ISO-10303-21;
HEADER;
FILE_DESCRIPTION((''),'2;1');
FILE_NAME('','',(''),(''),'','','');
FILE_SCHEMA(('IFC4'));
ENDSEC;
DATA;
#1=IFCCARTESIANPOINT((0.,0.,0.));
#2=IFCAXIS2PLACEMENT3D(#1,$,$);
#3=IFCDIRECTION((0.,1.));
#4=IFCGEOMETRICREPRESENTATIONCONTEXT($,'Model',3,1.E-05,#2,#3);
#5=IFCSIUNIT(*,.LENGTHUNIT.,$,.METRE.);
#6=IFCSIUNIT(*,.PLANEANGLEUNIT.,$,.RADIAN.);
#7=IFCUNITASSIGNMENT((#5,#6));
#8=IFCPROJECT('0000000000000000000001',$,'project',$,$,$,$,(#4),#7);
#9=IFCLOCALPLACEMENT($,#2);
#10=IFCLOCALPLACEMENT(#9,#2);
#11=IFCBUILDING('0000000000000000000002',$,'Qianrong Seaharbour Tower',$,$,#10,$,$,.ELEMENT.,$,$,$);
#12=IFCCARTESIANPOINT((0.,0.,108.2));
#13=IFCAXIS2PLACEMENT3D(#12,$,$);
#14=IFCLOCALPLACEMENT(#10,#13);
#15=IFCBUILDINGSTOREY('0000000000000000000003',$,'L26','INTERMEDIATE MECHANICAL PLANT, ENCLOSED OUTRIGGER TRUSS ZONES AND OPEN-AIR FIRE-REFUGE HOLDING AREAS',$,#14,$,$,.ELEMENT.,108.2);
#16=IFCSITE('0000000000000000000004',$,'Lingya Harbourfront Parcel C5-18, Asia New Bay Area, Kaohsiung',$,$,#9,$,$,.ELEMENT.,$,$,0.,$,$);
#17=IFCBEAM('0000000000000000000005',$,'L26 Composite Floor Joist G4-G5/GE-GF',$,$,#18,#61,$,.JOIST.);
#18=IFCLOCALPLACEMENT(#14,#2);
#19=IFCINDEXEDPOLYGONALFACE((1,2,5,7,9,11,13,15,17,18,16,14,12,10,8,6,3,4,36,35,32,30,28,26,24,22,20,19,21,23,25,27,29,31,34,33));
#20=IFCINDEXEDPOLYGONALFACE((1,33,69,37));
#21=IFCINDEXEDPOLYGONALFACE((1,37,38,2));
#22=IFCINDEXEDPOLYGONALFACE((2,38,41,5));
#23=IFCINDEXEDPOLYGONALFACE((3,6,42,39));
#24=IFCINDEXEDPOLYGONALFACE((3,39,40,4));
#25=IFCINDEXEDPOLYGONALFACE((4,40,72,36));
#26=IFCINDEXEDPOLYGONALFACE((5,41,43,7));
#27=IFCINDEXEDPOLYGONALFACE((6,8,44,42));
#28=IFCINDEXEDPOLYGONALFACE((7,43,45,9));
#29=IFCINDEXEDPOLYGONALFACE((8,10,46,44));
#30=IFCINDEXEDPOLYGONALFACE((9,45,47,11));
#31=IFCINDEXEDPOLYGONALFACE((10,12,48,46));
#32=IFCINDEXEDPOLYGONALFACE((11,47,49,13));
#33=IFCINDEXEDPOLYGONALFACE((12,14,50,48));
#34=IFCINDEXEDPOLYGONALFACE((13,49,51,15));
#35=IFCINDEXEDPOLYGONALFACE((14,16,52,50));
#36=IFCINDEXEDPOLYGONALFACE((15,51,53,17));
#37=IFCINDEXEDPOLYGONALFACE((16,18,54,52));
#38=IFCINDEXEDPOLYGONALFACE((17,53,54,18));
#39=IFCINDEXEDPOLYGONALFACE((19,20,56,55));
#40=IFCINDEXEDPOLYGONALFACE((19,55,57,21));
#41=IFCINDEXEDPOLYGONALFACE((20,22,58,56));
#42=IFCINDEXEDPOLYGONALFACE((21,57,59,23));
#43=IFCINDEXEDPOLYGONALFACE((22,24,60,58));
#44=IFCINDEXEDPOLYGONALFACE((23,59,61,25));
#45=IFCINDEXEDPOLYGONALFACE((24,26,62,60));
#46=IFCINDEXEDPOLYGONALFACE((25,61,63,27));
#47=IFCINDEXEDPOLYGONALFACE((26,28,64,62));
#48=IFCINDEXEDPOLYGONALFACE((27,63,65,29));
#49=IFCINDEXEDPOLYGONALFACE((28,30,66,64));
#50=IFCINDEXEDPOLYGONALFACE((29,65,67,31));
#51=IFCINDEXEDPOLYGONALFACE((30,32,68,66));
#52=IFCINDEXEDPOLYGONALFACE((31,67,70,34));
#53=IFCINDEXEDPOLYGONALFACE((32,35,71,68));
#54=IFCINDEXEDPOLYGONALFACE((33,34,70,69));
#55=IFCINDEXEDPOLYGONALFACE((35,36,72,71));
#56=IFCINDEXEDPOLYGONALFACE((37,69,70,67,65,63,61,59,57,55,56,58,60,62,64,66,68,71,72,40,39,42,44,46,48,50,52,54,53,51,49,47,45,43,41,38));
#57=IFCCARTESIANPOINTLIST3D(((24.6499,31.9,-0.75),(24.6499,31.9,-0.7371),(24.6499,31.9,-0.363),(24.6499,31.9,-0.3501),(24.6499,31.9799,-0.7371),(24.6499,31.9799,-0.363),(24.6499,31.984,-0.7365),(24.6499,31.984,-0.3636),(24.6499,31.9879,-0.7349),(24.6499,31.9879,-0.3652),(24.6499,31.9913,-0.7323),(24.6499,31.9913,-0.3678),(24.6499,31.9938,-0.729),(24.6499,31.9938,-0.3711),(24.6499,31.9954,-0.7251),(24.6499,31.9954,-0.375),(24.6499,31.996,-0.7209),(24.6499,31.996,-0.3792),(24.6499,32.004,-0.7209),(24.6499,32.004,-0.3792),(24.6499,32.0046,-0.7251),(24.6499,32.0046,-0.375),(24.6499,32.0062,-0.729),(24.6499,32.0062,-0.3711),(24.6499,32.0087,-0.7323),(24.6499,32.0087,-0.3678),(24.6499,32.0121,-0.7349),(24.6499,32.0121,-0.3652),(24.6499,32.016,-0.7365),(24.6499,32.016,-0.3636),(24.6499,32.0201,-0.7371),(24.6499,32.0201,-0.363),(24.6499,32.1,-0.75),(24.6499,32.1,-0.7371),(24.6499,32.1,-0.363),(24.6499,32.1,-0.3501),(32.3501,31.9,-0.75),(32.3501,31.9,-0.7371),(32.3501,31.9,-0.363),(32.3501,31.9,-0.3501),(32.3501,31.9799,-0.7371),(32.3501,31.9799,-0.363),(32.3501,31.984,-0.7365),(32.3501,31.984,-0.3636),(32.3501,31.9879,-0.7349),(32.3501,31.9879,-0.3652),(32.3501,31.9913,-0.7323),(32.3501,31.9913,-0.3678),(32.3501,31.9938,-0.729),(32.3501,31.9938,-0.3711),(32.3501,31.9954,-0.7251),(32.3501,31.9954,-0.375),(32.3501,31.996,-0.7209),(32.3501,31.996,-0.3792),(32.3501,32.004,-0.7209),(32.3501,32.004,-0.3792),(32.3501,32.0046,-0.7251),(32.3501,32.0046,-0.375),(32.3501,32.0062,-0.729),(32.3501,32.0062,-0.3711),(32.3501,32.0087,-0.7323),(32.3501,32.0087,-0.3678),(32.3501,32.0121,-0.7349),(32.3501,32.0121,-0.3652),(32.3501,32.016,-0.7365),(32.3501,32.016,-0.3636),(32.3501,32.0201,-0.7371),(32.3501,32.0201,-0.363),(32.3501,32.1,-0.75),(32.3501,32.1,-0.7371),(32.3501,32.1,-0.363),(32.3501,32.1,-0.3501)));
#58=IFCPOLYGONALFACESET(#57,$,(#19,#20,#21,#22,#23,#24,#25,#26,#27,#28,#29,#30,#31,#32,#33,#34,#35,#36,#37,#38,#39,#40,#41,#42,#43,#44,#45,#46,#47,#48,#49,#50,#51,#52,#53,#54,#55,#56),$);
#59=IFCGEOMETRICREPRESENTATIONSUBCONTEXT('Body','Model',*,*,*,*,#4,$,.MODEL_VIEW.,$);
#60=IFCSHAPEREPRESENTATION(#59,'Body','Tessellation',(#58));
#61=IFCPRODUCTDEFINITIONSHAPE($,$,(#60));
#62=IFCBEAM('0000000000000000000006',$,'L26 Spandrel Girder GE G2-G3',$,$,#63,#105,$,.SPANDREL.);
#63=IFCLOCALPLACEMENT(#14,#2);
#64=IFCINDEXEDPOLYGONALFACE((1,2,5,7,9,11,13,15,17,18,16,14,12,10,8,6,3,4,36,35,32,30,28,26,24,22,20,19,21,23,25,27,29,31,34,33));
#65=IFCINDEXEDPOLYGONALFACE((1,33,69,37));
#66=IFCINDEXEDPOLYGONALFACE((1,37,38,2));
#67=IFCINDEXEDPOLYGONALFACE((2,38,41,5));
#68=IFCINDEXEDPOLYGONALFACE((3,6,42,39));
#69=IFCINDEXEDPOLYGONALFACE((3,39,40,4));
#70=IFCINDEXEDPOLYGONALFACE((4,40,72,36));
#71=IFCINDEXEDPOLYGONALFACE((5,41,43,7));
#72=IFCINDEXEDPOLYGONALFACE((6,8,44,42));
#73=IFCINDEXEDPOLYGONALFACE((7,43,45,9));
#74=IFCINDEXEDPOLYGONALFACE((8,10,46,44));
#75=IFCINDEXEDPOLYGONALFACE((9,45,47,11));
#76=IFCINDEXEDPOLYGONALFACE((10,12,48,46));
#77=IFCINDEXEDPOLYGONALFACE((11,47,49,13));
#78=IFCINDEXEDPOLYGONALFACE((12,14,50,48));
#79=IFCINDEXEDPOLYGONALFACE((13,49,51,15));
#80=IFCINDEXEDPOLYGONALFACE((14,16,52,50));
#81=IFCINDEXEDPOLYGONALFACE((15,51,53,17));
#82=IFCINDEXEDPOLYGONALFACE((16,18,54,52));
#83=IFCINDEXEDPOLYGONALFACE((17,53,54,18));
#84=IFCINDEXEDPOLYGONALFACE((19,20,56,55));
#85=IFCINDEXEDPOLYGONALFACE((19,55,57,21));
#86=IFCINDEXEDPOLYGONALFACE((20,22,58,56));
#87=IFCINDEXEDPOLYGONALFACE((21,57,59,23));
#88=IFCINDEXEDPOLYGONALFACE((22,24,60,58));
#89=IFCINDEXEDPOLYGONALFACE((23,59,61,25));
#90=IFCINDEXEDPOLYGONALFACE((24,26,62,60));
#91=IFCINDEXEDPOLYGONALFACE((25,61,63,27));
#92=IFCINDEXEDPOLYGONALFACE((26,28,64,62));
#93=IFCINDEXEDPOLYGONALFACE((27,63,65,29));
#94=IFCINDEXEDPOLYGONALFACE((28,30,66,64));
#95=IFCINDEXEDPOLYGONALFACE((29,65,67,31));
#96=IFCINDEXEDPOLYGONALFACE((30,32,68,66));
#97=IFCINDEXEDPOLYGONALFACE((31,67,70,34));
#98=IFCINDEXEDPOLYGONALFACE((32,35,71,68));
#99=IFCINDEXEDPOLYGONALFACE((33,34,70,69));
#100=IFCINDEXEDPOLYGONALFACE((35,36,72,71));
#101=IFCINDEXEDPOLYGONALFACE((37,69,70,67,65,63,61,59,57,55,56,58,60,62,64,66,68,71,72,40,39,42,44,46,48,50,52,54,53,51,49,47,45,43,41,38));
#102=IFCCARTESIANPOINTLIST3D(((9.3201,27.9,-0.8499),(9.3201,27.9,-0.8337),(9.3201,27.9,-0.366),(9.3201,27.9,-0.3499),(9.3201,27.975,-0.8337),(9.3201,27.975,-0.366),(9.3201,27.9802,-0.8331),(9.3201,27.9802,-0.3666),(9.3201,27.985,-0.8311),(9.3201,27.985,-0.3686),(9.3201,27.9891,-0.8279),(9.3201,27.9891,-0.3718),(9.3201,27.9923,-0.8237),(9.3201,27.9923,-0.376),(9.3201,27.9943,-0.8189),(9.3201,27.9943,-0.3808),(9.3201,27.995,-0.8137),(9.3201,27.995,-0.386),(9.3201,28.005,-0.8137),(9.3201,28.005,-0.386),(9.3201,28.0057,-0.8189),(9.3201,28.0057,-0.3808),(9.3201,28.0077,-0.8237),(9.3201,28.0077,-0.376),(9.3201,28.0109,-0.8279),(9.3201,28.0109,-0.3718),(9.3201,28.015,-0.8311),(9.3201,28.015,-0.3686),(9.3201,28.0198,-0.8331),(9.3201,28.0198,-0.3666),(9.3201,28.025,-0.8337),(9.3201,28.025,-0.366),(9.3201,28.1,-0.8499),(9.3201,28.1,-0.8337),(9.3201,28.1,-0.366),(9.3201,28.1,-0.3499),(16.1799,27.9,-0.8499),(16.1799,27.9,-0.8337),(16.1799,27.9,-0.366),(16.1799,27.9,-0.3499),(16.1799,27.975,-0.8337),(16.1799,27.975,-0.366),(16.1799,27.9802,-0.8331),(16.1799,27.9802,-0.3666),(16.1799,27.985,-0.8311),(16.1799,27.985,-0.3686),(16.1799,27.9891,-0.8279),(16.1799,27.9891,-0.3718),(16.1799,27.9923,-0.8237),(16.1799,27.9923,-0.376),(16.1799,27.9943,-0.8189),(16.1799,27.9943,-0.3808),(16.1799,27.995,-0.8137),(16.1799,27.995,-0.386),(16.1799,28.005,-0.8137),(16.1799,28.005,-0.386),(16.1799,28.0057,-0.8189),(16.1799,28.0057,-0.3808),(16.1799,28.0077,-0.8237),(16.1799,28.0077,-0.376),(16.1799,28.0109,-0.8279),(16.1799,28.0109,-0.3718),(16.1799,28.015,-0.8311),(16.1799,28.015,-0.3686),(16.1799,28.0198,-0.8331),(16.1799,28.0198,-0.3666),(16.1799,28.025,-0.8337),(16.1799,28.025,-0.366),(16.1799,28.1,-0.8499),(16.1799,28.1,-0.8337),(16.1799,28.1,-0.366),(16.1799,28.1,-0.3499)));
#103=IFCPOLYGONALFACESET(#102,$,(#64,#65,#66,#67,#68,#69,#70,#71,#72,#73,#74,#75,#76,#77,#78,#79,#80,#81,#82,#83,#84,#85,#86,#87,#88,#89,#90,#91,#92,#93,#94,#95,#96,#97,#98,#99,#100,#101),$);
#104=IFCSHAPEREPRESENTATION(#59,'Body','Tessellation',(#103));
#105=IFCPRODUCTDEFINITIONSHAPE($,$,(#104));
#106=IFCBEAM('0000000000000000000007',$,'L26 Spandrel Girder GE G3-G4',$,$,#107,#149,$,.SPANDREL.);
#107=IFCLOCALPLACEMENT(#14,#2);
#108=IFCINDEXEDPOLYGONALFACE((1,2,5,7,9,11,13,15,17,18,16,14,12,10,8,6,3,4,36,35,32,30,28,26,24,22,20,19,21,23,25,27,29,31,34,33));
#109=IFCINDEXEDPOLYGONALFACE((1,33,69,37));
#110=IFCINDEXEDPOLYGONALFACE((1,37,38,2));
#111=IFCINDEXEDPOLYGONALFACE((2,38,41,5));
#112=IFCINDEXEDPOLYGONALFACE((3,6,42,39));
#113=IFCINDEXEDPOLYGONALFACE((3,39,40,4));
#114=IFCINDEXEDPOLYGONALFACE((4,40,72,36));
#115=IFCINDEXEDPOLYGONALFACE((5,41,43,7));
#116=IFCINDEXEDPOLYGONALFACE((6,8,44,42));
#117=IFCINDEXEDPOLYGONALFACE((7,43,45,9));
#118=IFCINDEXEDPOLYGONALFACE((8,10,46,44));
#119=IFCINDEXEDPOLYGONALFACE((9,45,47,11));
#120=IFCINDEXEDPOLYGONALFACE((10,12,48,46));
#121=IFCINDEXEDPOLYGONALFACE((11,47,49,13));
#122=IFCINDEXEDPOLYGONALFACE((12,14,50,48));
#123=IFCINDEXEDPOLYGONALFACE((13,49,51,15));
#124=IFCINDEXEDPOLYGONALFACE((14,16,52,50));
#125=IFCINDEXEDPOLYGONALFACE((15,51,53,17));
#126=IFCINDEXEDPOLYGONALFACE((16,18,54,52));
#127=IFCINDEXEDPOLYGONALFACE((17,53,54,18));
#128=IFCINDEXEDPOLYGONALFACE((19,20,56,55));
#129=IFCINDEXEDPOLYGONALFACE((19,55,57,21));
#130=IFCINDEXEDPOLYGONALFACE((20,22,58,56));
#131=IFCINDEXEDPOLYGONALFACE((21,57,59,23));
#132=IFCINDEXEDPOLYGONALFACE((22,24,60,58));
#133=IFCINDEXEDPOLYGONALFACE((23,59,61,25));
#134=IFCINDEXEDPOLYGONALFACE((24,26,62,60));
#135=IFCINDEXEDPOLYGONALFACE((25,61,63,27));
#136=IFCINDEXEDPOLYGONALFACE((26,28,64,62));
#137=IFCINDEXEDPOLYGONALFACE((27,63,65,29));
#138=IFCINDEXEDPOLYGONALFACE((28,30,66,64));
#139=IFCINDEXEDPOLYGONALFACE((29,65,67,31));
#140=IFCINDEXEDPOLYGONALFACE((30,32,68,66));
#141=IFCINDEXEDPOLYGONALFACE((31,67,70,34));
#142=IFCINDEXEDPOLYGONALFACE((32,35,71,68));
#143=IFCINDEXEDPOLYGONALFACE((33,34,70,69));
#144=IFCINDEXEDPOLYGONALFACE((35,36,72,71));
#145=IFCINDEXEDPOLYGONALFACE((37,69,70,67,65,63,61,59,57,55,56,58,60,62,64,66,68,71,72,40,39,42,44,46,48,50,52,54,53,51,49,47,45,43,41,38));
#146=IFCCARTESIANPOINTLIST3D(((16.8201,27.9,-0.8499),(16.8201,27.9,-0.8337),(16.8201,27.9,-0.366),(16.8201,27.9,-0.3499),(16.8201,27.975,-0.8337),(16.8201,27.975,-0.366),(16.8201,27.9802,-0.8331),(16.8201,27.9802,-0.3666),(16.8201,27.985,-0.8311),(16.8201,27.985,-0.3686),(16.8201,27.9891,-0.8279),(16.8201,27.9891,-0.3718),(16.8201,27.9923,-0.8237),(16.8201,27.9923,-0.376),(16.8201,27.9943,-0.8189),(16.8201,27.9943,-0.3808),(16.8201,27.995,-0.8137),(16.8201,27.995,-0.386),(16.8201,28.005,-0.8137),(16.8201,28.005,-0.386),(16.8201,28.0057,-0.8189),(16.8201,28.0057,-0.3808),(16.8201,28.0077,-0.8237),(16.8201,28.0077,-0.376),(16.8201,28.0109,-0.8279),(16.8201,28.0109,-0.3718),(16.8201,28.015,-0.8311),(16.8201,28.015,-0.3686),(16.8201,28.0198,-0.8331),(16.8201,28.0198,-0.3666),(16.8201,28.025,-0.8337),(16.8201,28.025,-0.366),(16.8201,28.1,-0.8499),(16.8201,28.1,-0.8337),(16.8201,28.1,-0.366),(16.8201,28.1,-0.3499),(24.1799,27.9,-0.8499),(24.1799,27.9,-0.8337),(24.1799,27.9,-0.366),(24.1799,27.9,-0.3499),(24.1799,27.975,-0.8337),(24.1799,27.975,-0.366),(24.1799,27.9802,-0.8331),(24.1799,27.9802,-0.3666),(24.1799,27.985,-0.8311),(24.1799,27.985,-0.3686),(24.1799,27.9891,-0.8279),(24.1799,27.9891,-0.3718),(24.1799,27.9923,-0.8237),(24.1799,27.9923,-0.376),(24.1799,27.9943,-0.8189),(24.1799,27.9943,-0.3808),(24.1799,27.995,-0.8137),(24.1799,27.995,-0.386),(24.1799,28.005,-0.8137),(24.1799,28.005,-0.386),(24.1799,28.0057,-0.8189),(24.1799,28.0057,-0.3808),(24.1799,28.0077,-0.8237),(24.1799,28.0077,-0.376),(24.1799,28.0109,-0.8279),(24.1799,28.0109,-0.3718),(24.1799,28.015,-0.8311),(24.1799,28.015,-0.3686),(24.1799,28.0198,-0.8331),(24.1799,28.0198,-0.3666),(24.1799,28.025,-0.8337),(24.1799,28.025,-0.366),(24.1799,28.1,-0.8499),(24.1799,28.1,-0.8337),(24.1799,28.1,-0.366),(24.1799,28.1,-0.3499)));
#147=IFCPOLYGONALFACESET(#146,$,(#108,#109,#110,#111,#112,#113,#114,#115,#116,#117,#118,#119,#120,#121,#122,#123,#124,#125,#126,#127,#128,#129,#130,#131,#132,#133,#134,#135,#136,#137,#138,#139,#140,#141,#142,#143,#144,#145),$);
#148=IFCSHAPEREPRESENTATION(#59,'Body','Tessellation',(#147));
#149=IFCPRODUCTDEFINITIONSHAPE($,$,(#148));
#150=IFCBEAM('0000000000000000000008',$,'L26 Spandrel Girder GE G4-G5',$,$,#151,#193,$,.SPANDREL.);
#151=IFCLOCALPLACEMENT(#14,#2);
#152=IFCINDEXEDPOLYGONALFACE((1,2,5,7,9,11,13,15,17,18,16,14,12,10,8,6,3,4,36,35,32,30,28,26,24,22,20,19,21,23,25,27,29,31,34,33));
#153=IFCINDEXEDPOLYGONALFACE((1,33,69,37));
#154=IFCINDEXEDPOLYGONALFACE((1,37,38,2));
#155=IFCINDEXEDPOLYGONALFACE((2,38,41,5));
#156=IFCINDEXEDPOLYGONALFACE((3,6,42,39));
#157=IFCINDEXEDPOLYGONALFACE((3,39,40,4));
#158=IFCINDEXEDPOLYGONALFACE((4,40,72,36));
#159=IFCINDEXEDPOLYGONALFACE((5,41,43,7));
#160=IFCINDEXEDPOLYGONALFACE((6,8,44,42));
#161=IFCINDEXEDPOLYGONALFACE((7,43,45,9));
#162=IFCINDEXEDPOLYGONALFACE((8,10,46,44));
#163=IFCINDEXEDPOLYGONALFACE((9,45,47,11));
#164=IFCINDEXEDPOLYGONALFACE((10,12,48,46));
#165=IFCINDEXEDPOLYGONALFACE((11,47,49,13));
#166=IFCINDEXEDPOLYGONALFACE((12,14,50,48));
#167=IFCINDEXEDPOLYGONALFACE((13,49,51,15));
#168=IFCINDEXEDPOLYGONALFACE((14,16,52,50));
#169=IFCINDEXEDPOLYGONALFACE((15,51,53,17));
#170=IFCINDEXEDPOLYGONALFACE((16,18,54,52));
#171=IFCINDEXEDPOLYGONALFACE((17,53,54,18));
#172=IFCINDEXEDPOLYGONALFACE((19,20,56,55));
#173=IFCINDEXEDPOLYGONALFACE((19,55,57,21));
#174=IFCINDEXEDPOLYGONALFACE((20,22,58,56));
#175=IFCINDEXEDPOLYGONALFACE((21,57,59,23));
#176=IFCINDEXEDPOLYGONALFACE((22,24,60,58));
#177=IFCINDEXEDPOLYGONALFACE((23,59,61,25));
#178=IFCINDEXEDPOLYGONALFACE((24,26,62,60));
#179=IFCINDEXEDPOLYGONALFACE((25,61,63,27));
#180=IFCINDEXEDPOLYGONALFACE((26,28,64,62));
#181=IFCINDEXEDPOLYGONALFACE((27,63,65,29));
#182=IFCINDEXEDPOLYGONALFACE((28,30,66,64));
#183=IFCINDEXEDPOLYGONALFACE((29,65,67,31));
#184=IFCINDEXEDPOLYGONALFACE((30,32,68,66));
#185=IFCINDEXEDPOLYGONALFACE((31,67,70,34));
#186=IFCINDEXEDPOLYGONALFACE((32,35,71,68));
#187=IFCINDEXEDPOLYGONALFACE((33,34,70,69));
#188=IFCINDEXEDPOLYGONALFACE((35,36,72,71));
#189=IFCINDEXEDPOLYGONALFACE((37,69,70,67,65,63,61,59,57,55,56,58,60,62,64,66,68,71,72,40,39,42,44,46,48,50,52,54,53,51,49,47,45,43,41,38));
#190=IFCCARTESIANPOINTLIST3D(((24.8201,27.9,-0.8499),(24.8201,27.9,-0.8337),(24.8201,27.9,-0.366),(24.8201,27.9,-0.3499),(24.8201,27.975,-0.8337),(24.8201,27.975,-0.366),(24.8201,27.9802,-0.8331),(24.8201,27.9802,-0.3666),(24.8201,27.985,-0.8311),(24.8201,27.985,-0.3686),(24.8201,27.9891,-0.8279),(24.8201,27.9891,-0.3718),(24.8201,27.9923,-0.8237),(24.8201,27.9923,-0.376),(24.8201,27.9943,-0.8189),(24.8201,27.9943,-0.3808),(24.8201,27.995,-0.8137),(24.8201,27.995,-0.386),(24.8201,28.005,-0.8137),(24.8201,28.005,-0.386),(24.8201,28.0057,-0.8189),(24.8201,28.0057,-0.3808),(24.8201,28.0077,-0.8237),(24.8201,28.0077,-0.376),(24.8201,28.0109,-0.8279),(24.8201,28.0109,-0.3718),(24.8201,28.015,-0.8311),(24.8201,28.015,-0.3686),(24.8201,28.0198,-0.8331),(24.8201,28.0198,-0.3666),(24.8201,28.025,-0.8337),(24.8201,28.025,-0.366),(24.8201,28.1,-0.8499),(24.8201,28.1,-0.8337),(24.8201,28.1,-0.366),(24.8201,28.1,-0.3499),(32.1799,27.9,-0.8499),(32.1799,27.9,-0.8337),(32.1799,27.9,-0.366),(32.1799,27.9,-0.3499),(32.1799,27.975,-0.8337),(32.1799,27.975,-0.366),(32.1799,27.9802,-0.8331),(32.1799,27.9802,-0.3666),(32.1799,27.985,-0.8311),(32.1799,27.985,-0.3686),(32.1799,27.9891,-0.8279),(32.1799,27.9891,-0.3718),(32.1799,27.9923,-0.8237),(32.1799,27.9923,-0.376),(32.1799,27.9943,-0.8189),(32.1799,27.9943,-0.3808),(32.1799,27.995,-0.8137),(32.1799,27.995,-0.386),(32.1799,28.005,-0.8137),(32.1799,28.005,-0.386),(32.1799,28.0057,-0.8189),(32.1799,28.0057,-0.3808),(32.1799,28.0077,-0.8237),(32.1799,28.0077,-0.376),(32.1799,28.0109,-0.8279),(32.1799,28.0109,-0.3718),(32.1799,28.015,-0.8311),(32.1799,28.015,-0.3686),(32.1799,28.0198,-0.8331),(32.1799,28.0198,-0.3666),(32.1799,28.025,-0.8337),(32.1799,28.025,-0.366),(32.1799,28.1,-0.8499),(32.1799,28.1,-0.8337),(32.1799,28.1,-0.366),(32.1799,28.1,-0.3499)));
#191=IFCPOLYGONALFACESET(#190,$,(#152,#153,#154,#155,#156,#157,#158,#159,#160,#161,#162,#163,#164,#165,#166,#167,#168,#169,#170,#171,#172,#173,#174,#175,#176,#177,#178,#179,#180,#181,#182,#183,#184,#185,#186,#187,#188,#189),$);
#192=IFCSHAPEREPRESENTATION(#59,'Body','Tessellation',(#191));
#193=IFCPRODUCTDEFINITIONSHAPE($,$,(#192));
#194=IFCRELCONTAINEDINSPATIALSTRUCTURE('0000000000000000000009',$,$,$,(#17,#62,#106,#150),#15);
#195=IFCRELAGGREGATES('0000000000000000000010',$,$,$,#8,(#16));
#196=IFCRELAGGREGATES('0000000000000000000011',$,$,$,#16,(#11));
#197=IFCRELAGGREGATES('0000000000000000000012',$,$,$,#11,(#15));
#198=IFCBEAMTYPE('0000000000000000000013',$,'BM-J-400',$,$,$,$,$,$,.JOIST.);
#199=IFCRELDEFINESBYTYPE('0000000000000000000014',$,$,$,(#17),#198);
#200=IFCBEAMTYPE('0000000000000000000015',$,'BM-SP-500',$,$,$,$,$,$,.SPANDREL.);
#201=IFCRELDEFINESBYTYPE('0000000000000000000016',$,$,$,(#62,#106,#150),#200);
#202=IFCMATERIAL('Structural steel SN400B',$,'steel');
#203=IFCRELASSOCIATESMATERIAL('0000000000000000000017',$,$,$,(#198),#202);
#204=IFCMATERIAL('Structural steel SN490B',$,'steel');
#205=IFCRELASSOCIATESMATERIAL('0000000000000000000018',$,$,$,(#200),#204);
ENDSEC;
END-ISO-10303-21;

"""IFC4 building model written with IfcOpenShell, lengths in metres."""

from ifc_helpers import new_model, si_unit, direction, frame, origin, origin_2d, place, context, subcontext, project, spatial, i_section, extrude, material, material_profile, profile_set, type_object, element, save


model = new_model("IFC4")

# Units and contexts
model_context = context("Model", 3, precision=1e-05, world=origin(), true_north=direction((0.0, 1.0)))
body_context = subcontext(model_context, "Body", "Model", "MODEL_VIEW")
ifc_project = project(units=[si_unit("LENGTHUNIT", "METRE"), si_unit("PLANEANGLEUNIT", "RADIAN")], contexts=[model_context])

# Site, building, storey
site_placement = place(None, origin())
site = spatial("IfcSite", under=ifc_project, at=site_placement, Name="Lingya Harbourfront Parcel C5-18, Asia New Bay Area, Kaohsiung", CompositionType="ELEMENT", RefElevation=0.0)
building_placement = place(site_placement, origin())
building = spatial("IfcBuilding", under=site, at=building_placement, Name="Qianrong Seaharbour Tower", CompositionType="ELEMENT")
storey_placement = place(building_placement, frame((0.0, 0.0, 108.2)))
storey = spatial("IfcBuildingStorey", under=building, at=storey_placement, Name="L26", Description="INTERMEDIATE MECHANICAL PLANT, ENCLOSED OUTRIGGER TRUSS ZONES AND OPEN-AIR FIRE-REFUGE HOLDING AREAS", CompositionType="ELEMENT", Elevation=108.2)

# Shared definitions
ifc_material_1 = material(Name="Structural steel SN490B", Category="steel")

# Beams
ifc_material_2 = material(Name="Structural steel SN400B", Category="steel")
ifc_material_profile_1 = material_profile(ifc_material_2, i_section(OverallWidth=0.2, OverallDepth=0.3999, WebThickness=0.0081, FlangeThickness=0.0129, FilletRadius=0.0161, at=origin_2d()), Name="H400x200x8x13")
ifc_profile_set_1 = profile_set([ifc_material_profile_1], Name="Structural steel SN400B")
beam_type_1 = type_object("IfcBeamType", Name="BM-J-400", PredefinedType="JOIST", material=ifc_profile_set_1)
for number, where, z_axis, x_axis, name in (
    (1, (24.6499, 32.0, -0.55), (1.0, 0.0, 0.0), (0.0, 1.0, 0.0), "L26 Composite Floor Joist G4-G5/GE-GF"),
):
    element("IfcBeam", number, at=place(storey_placement, frame(where, z_axis=z_axis, x_axis=x_axis)), inside=storey, type_object=beam_type_1, Name=name, PredefinedType="JOIST", context=body_context, shape_type="SweptSolid", body=[
        extrude(i_section(OverallWidth=0.2, OverallDepth=0.3999, WebThickness=0.0081, FlangeThickness=0.0129, FilletRadius=0.0161, at=origin_2d()), origin(), (0.0, 0.0, 1.0), 7.7002),
    ])
ifc_material_profile_2 = material_profile(ifc_material_1, i_section(OverallWidth=0.2, OverallDepth=0.5, WebThickness=0.01, FlangeThickness=0.0161, FilletRadius=0.02, at=origin_2d()), Name="H500x200x10x16")
ifc_profile_set_2 = profile_set([ifc_material_profile_2], Name="Structural steel SN490B")
beam_type_2 = type_object("IfcBeamType", Name="BM-SP-500", PredefinedType="SPANDREL", material=ifc_profile_set_2)
beam_1_placement = place(storey_placement, frame((9.3201, 28.0, -0.5999), z_axis=(1.0, 0.0, 0.0), x_axis=(0.0, 1.0, 0.0)))
element("IfcBeam", 2, at=beam_1_placement, inside=storey, type_object=beam_type_2, Name="L26 Spandrel Girder GE G2-G3", PredefinedType="SPANDREL", context=body_context, shape_type="SweptSolid", body=[
    extrude(i_section(OverallWidth=0.2, OverallDepth=0.5, WebThickness=0.01, FlangeThickness=0.0161, FilletRadius=0.02, at=origin_2d()), origin(), (0.0, 0.0, 1.0), 6.8599),
])
for number, where, z_axis, x_axis, name in (
    (3, (16.8201, 28.0, -0.5999), (1.0, 0.0, 0.0), (0.0, 1.0, 0.0), "L26 Spandrel Girder GE G3-G4"),
    (4, (24.8201, 28.0, -0.5999), (1.0, 0.0, 0.0), (0.0, 1.0, 0.0), "L26 Spandrel Girder GE G4-G5"),
):
    element("IfcBeam", number, at=place(storey_placement, frame(where, z_axis=z_axis, x_axis=x_axis)), inside=storey, type_object=beam_type_2, Name=name, PredefinedType="SPANDREL", context=body_context, shape_type="SweptSolid", body=[
        extrude(i_section(OverallWidth=0.2, OverallDepth=0.5, WebThickness=0.01, FlangeThickness=0.0161, FilletRadius=0.02, at=origin_2d()), origin(), (0.0, 0.0, 1.0), 7.3599),
    ])

save(model, "model.ifc")
